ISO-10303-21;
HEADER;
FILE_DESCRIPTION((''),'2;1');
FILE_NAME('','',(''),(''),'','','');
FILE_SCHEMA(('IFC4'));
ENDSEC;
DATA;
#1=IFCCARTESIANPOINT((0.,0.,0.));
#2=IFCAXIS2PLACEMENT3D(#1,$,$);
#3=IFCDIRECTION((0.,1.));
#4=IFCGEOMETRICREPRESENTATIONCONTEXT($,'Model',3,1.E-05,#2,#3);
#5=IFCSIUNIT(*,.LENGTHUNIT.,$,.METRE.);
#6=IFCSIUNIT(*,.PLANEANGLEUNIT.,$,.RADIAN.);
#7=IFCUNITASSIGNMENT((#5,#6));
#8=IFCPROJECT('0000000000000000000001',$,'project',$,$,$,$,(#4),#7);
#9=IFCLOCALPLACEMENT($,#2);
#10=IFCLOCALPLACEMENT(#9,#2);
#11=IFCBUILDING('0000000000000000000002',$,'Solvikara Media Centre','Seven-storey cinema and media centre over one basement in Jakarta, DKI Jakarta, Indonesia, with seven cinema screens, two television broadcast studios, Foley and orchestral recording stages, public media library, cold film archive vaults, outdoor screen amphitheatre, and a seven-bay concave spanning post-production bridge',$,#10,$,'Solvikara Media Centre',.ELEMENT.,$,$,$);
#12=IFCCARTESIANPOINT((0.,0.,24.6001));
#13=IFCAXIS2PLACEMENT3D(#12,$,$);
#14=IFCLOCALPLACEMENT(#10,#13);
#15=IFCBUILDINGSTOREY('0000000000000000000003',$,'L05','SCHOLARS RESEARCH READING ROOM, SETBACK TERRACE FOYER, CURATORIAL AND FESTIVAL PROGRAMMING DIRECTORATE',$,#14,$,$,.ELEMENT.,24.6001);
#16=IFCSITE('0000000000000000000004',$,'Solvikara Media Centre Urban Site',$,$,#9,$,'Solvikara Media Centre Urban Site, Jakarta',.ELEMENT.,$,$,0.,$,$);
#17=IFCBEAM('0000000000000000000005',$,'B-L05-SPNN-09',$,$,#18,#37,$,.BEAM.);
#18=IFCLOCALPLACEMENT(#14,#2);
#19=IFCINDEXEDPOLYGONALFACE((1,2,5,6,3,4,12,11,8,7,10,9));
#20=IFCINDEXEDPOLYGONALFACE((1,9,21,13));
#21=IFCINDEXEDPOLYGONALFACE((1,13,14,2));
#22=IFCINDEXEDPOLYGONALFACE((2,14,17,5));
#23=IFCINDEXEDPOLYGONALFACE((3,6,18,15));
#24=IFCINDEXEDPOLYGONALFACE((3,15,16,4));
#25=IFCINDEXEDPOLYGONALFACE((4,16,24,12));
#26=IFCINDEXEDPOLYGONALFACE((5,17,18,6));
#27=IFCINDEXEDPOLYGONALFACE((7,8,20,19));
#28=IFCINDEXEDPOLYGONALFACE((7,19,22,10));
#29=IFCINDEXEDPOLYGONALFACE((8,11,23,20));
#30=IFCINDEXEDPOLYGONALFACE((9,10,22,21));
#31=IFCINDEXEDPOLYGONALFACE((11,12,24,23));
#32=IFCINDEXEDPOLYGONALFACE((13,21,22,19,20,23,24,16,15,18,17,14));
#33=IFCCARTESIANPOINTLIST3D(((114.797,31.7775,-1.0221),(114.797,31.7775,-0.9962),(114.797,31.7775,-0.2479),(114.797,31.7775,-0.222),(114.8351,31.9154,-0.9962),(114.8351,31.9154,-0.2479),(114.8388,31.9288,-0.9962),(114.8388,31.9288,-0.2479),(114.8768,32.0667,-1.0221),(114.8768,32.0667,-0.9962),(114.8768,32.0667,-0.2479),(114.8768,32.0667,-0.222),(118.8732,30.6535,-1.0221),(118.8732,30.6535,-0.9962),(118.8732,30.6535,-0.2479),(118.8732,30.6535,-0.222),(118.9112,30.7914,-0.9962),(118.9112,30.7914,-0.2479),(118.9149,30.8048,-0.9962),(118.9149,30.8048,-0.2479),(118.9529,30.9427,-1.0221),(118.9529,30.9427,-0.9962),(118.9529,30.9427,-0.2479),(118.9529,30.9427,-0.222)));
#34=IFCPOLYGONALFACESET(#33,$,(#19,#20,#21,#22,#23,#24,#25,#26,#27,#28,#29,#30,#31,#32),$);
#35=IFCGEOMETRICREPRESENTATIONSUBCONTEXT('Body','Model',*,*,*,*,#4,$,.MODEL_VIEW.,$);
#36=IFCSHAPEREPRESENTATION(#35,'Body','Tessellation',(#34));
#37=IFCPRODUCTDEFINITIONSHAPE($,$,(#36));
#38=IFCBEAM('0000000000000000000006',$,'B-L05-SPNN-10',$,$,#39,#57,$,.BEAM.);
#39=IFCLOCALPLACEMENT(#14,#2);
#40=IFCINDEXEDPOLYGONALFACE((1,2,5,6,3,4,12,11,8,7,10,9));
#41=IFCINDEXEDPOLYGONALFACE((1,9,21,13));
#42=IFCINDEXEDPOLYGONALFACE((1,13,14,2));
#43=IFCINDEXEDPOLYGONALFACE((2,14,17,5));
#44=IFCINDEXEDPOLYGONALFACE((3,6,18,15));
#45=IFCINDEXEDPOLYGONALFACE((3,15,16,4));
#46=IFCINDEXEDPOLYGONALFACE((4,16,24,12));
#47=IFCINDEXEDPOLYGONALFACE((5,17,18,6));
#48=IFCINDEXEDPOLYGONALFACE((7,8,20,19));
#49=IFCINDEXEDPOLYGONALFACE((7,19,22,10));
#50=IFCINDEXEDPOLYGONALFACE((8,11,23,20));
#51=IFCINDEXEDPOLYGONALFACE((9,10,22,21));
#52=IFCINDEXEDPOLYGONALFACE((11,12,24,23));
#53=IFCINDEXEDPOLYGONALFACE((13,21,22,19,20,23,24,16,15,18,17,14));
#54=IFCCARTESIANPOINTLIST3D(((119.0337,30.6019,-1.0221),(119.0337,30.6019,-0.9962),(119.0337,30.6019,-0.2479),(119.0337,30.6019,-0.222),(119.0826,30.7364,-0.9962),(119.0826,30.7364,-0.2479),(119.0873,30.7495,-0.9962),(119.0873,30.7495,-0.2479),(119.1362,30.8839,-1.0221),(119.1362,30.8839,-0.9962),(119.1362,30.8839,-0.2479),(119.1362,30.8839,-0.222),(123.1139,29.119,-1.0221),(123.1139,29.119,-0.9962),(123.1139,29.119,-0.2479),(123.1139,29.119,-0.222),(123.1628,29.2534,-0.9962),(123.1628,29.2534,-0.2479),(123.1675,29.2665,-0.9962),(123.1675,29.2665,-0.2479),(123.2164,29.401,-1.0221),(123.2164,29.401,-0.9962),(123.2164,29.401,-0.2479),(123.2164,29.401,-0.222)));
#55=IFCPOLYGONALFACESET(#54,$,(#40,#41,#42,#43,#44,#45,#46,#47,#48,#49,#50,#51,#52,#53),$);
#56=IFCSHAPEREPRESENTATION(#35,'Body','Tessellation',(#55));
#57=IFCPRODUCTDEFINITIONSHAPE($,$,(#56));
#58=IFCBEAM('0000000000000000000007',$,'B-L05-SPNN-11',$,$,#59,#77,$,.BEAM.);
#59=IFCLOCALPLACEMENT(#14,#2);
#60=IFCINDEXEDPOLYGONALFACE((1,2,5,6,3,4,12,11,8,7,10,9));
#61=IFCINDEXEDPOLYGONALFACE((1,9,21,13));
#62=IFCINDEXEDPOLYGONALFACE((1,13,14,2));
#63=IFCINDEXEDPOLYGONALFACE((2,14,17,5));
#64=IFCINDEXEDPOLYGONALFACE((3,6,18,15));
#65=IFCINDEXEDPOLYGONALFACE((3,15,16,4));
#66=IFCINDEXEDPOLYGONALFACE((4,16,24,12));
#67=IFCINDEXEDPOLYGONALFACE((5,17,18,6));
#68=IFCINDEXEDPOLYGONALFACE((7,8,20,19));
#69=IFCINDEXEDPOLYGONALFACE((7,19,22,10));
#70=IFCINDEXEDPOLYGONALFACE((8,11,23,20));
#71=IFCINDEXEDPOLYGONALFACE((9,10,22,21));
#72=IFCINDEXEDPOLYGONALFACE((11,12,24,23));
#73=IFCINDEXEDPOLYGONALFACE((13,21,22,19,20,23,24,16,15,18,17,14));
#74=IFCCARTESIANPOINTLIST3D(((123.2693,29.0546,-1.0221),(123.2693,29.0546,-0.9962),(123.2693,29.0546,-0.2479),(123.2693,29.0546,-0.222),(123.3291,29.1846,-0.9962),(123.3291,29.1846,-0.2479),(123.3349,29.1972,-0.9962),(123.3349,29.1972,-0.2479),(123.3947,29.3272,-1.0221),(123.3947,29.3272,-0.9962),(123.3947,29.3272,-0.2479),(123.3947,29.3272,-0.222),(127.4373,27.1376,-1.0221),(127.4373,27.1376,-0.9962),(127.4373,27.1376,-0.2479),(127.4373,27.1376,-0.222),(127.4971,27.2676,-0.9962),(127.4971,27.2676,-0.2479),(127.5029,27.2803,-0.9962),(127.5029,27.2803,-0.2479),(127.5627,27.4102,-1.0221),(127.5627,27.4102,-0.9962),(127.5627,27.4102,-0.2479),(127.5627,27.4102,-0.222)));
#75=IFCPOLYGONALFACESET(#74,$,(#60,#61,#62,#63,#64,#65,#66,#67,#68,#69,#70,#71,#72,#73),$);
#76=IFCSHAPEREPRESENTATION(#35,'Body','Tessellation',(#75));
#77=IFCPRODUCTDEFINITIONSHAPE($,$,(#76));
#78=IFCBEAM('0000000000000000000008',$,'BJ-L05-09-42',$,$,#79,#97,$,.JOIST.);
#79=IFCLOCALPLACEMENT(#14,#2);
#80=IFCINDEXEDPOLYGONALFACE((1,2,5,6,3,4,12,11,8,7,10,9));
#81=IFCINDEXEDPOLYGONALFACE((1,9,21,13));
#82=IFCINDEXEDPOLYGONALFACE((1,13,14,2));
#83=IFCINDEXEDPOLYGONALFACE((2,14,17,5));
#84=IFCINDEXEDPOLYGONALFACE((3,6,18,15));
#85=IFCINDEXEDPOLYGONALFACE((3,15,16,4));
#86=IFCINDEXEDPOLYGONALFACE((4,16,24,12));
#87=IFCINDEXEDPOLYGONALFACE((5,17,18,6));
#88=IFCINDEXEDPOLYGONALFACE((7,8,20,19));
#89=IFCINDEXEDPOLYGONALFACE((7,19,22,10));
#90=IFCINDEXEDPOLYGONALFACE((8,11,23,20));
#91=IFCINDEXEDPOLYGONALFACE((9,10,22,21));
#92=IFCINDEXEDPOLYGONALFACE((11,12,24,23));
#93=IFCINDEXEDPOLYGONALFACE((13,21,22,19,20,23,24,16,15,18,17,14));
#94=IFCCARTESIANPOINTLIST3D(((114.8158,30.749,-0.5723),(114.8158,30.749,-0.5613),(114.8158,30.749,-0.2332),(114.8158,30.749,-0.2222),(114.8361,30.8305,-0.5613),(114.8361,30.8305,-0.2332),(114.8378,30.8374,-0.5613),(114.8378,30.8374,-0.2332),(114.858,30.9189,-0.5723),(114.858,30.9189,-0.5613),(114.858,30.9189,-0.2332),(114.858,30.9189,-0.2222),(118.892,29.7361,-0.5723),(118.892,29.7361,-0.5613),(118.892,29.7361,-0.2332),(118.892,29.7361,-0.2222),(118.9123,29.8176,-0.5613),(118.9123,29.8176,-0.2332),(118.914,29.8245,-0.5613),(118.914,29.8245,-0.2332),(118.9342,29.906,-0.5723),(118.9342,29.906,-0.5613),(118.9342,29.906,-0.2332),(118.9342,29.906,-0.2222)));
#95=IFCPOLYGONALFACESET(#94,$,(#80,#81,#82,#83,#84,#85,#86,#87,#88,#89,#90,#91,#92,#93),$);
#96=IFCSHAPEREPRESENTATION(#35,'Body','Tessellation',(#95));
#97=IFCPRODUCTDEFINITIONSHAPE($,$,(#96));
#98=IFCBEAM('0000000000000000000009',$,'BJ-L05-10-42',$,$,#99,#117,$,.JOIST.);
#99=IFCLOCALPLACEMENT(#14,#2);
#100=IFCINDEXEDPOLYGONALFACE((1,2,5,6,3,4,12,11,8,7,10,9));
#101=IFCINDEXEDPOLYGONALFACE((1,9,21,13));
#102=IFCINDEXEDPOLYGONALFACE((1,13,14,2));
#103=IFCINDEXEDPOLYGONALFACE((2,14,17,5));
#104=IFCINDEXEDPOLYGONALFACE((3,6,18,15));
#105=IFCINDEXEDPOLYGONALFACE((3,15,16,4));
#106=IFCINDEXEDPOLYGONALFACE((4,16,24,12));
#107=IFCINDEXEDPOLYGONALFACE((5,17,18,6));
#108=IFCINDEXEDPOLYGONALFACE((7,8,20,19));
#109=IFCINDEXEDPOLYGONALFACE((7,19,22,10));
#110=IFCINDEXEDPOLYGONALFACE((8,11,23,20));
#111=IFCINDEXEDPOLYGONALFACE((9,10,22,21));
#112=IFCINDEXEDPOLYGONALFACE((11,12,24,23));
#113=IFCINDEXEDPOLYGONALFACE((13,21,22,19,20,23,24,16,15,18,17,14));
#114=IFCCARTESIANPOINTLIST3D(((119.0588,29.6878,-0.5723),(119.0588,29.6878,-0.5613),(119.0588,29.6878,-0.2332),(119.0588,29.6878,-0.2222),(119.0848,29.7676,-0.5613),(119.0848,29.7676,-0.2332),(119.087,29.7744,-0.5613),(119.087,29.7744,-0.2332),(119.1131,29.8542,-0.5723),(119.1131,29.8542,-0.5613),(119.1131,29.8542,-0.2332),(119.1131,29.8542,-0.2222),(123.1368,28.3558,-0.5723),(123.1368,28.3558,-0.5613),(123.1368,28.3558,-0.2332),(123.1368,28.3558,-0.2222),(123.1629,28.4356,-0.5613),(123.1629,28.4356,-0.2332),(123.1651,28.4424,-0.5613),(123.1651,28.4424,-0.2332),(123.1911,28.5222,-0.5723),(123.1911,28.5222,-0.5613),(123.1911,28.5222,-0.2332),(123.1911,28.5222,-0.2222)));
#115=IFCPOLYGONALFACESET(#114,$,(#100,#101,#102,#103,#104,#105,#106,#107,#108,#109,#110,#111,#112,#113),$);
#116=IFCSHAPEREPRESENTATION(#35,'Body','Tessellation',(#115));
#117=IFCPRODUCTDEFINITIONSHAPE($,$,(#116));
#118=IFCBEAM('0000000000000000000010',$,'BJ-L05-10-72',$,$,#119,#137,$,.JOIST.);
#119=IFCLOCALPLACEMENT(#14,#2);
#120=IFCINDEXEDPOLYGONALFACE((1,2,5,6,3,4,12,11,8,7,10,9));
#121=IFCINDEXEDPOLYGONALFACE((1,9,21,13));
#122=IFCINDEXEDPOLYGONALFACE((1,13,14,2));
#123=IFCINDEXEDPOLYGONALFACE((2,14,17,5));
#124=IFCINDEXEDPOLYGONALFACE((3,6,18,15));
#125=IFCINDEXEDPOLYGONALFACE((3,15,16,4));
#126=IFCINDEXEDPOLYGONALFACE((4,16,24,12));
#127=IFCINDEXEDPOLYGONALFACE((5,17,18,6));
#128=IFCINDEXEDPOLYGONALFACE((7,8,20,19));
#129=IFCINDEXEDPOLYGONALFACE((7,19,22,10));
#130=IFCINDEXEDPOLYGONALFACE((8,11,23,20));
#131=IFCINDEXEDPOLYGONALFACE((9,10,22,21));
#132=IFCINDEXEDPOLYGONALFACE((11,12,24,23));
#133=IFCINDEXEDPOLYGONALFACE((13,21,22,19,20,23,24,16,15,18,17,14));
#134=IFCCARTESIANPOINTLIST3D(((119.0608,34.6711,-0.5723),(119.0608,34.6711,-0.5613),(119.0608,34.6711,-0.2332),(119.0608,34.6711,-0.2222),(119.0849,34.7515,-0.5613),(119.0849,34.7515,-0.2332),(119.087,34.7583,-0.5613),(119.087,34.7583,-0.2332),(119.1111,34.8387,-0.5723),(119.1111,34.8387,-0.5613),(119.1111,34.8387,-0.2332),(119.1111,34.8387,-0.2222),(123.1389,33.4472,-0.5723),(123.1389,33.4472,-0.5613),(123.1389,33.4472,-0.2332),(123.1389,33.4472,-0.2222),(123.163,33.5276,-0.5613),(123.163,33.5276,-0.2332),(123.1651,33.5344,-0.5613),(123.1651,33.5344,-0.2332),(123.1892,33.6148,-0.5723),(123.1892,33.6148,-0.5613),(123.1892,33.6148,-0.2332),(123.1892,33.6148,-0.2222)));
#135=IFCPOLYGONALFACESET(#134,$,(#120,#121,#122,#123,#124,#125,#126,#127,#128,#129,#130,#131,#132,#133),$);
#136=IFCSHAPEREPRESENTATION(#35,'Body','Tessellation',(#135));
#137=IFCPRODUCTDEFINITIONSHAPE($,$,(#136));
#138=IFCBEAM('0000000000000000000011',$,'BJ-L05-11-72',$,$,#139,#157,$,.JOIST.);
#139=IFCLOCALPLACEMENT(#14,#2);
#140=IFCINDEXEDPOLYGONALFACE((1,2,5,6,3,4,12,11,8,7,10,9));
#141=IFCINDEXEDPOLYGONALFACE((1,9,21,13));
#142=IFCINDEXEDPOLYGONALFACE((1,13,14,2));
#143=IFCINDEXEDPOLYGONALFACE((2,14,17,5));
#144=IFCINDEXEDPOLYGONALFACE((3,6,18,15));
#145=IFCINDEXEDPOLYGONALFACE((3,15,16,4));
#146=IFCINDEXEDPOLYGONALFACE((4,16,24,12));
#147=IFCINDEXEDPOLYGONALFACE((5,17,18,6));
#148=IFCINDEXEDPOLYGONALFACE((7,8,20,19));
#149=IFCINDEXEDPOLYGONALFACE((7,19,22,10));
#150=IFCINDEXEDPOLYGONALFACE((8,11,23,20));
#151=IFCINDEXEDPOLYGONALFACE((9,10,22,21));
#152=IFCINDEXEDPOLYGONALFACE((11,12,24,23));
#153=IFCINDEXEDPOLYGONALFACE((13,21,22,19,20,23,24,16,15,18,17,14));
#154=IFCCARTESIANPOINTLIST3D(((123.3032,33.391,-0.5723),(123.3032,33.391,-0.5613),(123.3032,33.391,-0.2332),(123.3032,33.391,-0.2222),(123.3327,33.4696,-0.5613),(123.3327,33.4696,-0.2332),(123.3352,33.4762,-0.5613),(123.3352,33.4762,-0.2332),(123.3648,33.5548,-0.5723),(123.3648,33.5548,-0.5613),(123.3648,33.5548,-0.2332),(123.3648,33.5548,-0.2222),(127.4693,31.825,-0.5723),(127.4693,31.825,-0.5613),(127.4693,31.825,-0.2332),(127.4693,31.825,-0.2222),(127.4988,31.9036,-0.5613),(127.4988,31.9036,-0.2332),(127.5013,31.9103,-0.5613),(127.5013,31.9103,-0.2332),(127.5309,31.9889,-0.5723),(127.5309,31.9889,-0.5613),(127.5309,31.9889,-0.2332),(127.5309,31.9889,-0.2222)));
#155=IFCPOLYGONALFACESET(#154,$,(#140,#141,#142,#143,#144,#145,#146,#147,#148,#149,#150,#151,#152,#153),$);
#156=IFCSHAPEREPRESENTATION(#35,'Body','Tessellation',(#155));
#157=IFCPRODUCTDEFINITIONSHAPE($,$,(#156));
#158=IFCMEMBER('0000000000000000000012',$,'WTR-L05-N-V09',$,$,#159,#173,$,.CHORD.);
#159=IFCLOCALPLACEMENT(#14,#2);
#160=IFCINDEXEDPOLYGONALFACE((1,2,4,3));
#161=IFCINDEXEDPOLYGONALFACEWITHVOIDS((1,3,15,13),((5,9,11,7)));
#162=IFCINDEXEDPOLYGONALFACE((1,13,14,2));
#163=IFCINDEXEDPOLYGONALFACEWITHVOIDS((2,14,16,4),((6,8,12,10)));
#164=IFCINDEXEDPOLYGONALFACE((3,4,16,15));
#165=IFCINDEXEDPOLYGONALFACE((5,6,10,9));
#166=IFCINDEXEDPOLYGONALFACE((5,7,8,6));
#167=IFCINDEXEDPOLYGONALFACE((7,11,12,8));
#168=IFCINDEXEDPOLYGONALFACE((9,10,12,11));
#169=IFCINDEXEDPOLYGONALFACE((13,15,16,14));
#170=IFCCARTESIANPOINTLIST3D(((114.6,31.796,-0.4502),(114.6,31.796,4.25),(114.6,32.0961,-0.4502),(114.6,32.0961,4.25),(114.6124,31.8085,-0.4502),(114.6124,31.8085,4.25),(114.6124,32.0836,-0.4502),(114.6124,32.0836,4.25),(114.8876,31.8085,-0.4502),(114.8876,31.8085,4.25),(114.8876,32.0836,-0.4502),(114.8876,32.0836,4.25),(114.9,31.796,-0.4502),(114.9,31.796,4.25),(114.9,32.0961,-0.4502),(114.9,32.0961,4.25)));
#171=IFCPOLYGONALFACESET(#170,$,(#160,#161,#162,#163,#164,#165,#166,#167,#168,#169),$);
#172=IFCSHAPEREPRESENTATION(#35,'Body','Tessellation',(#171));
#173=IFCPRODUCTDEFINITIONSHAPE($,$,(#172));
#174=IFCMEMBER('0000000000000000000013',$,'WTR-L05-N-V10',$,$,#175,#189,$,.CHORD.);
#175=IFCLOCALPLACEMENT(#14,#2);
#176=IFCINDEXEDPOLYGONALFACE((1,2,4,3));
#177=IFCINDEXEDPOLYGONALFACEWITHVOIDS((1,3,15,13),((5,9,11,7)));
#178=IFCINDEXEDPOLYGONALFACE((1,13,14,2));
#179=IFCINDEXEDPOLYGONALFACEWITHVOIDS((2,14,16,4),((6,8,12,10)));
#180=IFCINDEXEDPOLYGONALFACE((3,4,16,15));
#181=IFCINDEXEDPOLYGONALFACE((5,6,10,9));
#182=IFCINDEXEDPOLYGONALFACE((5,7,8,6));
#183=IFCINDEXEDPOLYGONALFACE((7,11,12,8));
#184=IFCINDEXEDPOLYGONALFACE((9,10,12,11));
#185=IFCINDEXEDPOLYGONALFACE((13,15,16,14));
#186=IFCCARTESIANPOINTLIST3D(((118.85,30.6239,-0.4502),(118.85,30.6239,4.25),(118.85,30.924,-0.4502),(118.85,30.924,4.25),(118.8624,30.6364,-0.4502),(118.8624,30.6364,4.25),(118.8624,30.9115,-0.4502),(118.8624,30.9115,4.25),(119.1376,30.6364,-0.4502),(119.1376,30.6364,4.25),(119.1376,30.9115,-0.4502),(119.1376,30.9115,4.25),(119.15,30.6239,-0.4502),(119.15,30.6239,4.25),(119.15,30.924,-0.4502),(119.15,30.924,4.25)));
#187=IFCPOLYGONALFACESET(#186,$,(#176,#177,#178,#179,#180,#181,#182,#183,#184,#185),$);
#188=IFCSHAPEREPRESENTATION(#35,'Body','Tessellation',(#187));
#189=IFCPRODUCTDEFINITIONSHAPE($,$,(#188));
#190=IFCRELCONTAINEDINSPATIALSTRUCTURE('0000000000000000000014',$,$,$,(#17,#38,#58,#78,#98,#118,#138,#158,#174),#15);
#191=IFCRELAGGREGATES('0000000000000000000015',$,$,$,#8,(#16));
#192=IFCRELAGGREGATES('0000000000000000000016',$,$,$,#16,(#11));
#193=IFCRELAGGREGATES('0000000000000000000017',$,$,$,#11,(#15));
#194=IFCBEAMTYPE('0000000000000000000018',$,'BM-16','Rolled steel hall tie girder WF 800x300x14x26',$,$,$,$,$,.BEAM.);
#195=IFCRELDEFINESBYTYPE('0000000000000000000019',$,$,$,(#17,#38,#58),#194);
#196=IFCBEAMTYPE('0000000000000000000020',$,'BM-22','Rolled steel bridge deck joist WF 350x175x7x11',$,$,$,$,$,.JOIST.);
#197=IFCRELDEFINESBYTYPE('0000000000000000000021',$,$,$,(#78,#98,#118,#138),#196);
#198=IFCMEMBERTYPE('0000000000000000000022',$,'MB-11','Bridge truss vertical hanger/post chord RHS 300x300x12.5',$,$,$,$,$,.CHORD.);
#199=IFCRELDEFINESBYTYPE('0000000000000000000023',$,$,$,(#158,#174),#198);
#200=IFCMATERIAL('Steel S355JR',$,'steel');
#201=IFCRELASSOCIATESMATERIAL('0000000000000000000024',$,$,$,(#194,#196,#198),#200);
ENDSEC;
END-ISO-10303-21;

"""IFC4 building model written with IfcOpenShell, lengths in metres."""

from ifc_helpers import new_model, si_unit, direction, frame, origin, origin_2d, place, context, subcontext, project, spatial, hollow_rectangle, i_section, extrude, material, material_profile, profile_set, type_object, element, save


model = new_model("IFC4")

# Units and contexts
model_context = context("Model", 3, precision=1e-05, world=origin(), true_north=direction((0.0, 1.0)))
body_context = subcontext(model_context, "Body", "Model", "MODEL_VIEW")
ifc_project = project(units=[si_unit("LENGTHUNIT", "METRE"), si_unit("PLANEANGLEUNIT", "RADIAN")], contexts=[model_context])

# Site, building, storey
site_placement = place(None, origin())
site = spatial("IfcSite", under=ifc_project, at=site_placement, Name="Solvikara Media Centre Urban Site", LongName="Solvikara Media Centre Urban Site, Jakarta", CompositionType="ELEMENT", RefElevation=0.0)
building_placement = place(site_placement, origin())
building = spatial("IfcBuilding", under=site, at=building_placement, Name="Solvikara Media Centre", Description="Seven-storey cinema and media centre over one basement in Jakarta, DKI Jakarta, Indonesia, with seven cinema screens, two television broadcast studios, Foley and orchestral recording stages, public media library, cold film archive vaults, outdoor screen amphitheatre, and a seven-bay concave spanning post-production bridge", LongName="Solvikara Media Centre", CompositionType="ELEMENT")
storey_placement = place(building_placement, frame((0.0, 0.0, 24.6001)))
storey = spatial("IfcBuildingStorey", under=building, at=storey_placement, Name="L05", Description="SCHOLARS RESEARCH READING ROOM, SETBACK TERRACE FOYER, CURATORIAL AND FESTIVAL PROGRAMMING DIRECTORATE", CompositionType="ELEMENT", Elevation=24.6001)

# Beams
ifc_material_1 = material(Name="Steel S355JR", Category="steel")
ifc_material_profile_1 = material_profile(ifc_material_1, i_section(OverallWidth=0.3, OverallDepth=0.8, WebThickness=0.0139, FlangeThickness=0.0259, at=origin_2d()), Name="WF 800x300x14x26")
ifc_profile_set_1 = profile_set([ifc_material_profile_1], Name="Steel S355JR")
beam_type_1 = type_object("IfcBeamType", Name="BM-16", Description="Rolled steel hall tie girder WF 800x300x14x26", PredefinedType="BEAM", material=ifc_profile_set_1)
beam_1_placement = place(storey_placement, frame((114.8369, 31.9221, -0.6221), z_axis=(0.964019, -0.265833, 0.0), x_axis=(0.265833, 0.964019, 0.0)))
element("IfcBeam", 1, at=beam_1_placement, inside=storey, type_object=beam_type_1, Name="B-L05-SPNN-09", PredefinedType="BEAM", context=body_context, shape_type="SweptSolid", body=[
    extrude(i_section(OverallWidth=0.3, OverallDepth=0.8, WebThickness=0.0139, FlangeThickness=0.0259, at=origin_2d()), origin(), (0.0, 0.0, 1.0), 4.2283),
])
beam_2_placement = place(storey_placement, frame((119.085, 30.7429, -0.6221), z_axis=(0.939849, -0.34159, 0.0), x_axis=(0.34159, 0.939849, 0.0)))
element("IfcBeam", 2, at=beam_2_placement, inside=storey, type_object=beam_type_1, Name="B-L05-SPNN-10", PredefinedType="BEAM", context=body_context, shape_type="SweptSolid", body=[
    extrude(i_section(OverallWidth=0.3, OverallDepth=0.8, WebThickness=0.0139, FlangeThickness=0.0259, at=origin_2d()), origin(), (0.0, 0.0, 1.0), 4.3413),
])
beam_3_placement = place(storey_placement, frame((123.332, 29.1909, -0.6221), z_axis=(0.908513, -0.417856, 0.0), x_axis=(0.417856, 0.908513, 0.0)))
element("IfcBeam", 3, at=beam_3_placement, inside=storey, type_object=beam_type_1, Name="B-L05-SPNN-11", PredefinedType="BEAM", context=body_context, shape_type="SweptSolid", body=[
    extrude(i_section(OverallWidth=0.3, OverallDepth=0.8, WebThickness=0.0139, FlangeThickness=0.0259, at=origin_2d()), origin(), (0.0, 0.0, 1.0), 4.5876),
])
ifc_material_profile_2 = material_profile(ifc_material_1, i_section(OverallWidth=0.175, OverallDepth=0.3501, WebThickness=0.0071, FlangeThickness=0.011, at=origin_2d()), Name="WF 350x175x7x11")
ifc_profile_set_2 = profile_set([ifc_material_profile_2], Name="Steel S355JR")
beam_type_2 = type_object("IfcBeamType", Name="BM-22", Description="Rolled steel bridge deck joist WF 350x175x7x11", PredefinedType="JOIST", material=ifc_profile_set_2)
beam_4_placement = place(storey_placement, frame((114.8369, 30.834, -0.3972), z_axis=(0.970483, -0.241168, 0.0), x_axis=(0.241168, 0.970483, 0.0)))
element("IfcBeam", 4, at=beam_4_placement, inside=storey, type_object=beam_type_2, Name="BJ-L05-09-42", PredefinedType="JOIST", context=body_context, shape_type="SweptSolid", body=[
    extrude(i_section(OverallWidth=0.175, OverallDepth=0.3501, WebThickness=0.0071, FlangeThickness=0.011, at=origin_2d()), origin(), (0.0, 0.0, 1.0), 4.2002),
])
beam_5_placement = place(storey_placement, frame((119.0859, 29.771, -0.3972), z_axis=(0.950578, -0.310486, 0.0), x_axis=(0.310486, 0.950578, 0.0)))
element("IfcBeam", 5, at=beam_5_placement, inside=storey, type_object=beam_type_2, Name="BJ-L05-10-42", PredefinedType="JOIST", context=body_context, shape_type="SweptSolid", body=[
    extrude(i_section(OverallWidth=0.175, OverallDepth=0.3501, WebThickness=0.0071, FlangeThickness=0.011, at=origin_2d()), origin(), (0.0, 0.0, 1.0), 4.29),
])
beam_6_placement = place(storey_placement, frame((119.0859, 34.7549, -0.3972), z_axis=(0.957798, -0.287443, 0.0), x_axis=(0.287443, 0.957798, 0.0)))
element("IfcBeam", 6, at=beam_6_placement, inside=storey, type_object=beam_type_2, Name="BJ-L05-10-72", PredefinedType="JOIST", context=body_context, shape_type="SweptSolid", body=[
    extrude(i_section(OverallWidth=0.175, OverallDepth=0.3501, WebThickness=0.0071, FlangeThickness=0.011, at=origin_2d()), origin(), (0.0, 0.0, 1.0), 4.2578),
])
beam_7_placement = place(storey_placement, frame((123.334, 33.4729, -0.3972), z_axis=(0.936058, -0.351845, 0.0), x_axis=(0.351845, 0.936058, 0.0)))
element("IfcBeam", 7, at=beam_7_placement, inside=storey, type_object=beam_type_2, Name="BJ-L05-11-72", PredefinedType="JOIST", context=body_context, shape_type="SweptSolid", body=[
    extrude(i_section(OverallWidth=0.175, OverallDepth=0.3501, WebThickness=0.0071, FlangeThickness=0.011, at=origin_2d()), origin(), (0.0, 0.0, 1.0), 4.4507),
])

# Members
ifc_material_profile_3 = material_profile(ifc_material_1, hollow_rectangle(XDim=0.3, YDim=0.3, WallThickness=0.0125, at=origin_2d()), Name="RHS 300x300x12.5")
ifc_profile_set_3 = profile_set([ifc_material_profile_3], Name="Steel S355JR")
member_type_1 = type_object("IfcMemberType", Name="MB-11", Description="Bridge truss vertical hanger/post chord RHS 300x300x12.5", PredefinedType="CHORD", material=ifc_profile_set_3)
for number, where, z_axis, x_axis, name in (
    (8, (114.75, 31.946, -0.4502), (0.0, 0.0, 1.0), (1.0, 0.0, 0.0), "WTR-L05-N-V09"),
    (9, (119.0, 30.7739, -0.4502), (0.0, 0.0, 1.0), (1.0, 0.0, 0.0), "WTR-L05-N-V10"),
):
    element("IfcMember", number, at=place(storey_placement, frame(where, z_axis=z_axis, x_axis=x_axis)), inside=storey, type_object=member_type_1, Name=name, PredefinedType="CHORD", context=body_context, shape_type="SweptSolid", body=[
        extrude(hollow_rectangle(XDim=0.3, YDim=0.3, WallThickness=0.0125, at=origin_2d()), origin(), (0.0, 0.0, 1.0), 4.7002),
    ])

save(model, "model.ifc")
